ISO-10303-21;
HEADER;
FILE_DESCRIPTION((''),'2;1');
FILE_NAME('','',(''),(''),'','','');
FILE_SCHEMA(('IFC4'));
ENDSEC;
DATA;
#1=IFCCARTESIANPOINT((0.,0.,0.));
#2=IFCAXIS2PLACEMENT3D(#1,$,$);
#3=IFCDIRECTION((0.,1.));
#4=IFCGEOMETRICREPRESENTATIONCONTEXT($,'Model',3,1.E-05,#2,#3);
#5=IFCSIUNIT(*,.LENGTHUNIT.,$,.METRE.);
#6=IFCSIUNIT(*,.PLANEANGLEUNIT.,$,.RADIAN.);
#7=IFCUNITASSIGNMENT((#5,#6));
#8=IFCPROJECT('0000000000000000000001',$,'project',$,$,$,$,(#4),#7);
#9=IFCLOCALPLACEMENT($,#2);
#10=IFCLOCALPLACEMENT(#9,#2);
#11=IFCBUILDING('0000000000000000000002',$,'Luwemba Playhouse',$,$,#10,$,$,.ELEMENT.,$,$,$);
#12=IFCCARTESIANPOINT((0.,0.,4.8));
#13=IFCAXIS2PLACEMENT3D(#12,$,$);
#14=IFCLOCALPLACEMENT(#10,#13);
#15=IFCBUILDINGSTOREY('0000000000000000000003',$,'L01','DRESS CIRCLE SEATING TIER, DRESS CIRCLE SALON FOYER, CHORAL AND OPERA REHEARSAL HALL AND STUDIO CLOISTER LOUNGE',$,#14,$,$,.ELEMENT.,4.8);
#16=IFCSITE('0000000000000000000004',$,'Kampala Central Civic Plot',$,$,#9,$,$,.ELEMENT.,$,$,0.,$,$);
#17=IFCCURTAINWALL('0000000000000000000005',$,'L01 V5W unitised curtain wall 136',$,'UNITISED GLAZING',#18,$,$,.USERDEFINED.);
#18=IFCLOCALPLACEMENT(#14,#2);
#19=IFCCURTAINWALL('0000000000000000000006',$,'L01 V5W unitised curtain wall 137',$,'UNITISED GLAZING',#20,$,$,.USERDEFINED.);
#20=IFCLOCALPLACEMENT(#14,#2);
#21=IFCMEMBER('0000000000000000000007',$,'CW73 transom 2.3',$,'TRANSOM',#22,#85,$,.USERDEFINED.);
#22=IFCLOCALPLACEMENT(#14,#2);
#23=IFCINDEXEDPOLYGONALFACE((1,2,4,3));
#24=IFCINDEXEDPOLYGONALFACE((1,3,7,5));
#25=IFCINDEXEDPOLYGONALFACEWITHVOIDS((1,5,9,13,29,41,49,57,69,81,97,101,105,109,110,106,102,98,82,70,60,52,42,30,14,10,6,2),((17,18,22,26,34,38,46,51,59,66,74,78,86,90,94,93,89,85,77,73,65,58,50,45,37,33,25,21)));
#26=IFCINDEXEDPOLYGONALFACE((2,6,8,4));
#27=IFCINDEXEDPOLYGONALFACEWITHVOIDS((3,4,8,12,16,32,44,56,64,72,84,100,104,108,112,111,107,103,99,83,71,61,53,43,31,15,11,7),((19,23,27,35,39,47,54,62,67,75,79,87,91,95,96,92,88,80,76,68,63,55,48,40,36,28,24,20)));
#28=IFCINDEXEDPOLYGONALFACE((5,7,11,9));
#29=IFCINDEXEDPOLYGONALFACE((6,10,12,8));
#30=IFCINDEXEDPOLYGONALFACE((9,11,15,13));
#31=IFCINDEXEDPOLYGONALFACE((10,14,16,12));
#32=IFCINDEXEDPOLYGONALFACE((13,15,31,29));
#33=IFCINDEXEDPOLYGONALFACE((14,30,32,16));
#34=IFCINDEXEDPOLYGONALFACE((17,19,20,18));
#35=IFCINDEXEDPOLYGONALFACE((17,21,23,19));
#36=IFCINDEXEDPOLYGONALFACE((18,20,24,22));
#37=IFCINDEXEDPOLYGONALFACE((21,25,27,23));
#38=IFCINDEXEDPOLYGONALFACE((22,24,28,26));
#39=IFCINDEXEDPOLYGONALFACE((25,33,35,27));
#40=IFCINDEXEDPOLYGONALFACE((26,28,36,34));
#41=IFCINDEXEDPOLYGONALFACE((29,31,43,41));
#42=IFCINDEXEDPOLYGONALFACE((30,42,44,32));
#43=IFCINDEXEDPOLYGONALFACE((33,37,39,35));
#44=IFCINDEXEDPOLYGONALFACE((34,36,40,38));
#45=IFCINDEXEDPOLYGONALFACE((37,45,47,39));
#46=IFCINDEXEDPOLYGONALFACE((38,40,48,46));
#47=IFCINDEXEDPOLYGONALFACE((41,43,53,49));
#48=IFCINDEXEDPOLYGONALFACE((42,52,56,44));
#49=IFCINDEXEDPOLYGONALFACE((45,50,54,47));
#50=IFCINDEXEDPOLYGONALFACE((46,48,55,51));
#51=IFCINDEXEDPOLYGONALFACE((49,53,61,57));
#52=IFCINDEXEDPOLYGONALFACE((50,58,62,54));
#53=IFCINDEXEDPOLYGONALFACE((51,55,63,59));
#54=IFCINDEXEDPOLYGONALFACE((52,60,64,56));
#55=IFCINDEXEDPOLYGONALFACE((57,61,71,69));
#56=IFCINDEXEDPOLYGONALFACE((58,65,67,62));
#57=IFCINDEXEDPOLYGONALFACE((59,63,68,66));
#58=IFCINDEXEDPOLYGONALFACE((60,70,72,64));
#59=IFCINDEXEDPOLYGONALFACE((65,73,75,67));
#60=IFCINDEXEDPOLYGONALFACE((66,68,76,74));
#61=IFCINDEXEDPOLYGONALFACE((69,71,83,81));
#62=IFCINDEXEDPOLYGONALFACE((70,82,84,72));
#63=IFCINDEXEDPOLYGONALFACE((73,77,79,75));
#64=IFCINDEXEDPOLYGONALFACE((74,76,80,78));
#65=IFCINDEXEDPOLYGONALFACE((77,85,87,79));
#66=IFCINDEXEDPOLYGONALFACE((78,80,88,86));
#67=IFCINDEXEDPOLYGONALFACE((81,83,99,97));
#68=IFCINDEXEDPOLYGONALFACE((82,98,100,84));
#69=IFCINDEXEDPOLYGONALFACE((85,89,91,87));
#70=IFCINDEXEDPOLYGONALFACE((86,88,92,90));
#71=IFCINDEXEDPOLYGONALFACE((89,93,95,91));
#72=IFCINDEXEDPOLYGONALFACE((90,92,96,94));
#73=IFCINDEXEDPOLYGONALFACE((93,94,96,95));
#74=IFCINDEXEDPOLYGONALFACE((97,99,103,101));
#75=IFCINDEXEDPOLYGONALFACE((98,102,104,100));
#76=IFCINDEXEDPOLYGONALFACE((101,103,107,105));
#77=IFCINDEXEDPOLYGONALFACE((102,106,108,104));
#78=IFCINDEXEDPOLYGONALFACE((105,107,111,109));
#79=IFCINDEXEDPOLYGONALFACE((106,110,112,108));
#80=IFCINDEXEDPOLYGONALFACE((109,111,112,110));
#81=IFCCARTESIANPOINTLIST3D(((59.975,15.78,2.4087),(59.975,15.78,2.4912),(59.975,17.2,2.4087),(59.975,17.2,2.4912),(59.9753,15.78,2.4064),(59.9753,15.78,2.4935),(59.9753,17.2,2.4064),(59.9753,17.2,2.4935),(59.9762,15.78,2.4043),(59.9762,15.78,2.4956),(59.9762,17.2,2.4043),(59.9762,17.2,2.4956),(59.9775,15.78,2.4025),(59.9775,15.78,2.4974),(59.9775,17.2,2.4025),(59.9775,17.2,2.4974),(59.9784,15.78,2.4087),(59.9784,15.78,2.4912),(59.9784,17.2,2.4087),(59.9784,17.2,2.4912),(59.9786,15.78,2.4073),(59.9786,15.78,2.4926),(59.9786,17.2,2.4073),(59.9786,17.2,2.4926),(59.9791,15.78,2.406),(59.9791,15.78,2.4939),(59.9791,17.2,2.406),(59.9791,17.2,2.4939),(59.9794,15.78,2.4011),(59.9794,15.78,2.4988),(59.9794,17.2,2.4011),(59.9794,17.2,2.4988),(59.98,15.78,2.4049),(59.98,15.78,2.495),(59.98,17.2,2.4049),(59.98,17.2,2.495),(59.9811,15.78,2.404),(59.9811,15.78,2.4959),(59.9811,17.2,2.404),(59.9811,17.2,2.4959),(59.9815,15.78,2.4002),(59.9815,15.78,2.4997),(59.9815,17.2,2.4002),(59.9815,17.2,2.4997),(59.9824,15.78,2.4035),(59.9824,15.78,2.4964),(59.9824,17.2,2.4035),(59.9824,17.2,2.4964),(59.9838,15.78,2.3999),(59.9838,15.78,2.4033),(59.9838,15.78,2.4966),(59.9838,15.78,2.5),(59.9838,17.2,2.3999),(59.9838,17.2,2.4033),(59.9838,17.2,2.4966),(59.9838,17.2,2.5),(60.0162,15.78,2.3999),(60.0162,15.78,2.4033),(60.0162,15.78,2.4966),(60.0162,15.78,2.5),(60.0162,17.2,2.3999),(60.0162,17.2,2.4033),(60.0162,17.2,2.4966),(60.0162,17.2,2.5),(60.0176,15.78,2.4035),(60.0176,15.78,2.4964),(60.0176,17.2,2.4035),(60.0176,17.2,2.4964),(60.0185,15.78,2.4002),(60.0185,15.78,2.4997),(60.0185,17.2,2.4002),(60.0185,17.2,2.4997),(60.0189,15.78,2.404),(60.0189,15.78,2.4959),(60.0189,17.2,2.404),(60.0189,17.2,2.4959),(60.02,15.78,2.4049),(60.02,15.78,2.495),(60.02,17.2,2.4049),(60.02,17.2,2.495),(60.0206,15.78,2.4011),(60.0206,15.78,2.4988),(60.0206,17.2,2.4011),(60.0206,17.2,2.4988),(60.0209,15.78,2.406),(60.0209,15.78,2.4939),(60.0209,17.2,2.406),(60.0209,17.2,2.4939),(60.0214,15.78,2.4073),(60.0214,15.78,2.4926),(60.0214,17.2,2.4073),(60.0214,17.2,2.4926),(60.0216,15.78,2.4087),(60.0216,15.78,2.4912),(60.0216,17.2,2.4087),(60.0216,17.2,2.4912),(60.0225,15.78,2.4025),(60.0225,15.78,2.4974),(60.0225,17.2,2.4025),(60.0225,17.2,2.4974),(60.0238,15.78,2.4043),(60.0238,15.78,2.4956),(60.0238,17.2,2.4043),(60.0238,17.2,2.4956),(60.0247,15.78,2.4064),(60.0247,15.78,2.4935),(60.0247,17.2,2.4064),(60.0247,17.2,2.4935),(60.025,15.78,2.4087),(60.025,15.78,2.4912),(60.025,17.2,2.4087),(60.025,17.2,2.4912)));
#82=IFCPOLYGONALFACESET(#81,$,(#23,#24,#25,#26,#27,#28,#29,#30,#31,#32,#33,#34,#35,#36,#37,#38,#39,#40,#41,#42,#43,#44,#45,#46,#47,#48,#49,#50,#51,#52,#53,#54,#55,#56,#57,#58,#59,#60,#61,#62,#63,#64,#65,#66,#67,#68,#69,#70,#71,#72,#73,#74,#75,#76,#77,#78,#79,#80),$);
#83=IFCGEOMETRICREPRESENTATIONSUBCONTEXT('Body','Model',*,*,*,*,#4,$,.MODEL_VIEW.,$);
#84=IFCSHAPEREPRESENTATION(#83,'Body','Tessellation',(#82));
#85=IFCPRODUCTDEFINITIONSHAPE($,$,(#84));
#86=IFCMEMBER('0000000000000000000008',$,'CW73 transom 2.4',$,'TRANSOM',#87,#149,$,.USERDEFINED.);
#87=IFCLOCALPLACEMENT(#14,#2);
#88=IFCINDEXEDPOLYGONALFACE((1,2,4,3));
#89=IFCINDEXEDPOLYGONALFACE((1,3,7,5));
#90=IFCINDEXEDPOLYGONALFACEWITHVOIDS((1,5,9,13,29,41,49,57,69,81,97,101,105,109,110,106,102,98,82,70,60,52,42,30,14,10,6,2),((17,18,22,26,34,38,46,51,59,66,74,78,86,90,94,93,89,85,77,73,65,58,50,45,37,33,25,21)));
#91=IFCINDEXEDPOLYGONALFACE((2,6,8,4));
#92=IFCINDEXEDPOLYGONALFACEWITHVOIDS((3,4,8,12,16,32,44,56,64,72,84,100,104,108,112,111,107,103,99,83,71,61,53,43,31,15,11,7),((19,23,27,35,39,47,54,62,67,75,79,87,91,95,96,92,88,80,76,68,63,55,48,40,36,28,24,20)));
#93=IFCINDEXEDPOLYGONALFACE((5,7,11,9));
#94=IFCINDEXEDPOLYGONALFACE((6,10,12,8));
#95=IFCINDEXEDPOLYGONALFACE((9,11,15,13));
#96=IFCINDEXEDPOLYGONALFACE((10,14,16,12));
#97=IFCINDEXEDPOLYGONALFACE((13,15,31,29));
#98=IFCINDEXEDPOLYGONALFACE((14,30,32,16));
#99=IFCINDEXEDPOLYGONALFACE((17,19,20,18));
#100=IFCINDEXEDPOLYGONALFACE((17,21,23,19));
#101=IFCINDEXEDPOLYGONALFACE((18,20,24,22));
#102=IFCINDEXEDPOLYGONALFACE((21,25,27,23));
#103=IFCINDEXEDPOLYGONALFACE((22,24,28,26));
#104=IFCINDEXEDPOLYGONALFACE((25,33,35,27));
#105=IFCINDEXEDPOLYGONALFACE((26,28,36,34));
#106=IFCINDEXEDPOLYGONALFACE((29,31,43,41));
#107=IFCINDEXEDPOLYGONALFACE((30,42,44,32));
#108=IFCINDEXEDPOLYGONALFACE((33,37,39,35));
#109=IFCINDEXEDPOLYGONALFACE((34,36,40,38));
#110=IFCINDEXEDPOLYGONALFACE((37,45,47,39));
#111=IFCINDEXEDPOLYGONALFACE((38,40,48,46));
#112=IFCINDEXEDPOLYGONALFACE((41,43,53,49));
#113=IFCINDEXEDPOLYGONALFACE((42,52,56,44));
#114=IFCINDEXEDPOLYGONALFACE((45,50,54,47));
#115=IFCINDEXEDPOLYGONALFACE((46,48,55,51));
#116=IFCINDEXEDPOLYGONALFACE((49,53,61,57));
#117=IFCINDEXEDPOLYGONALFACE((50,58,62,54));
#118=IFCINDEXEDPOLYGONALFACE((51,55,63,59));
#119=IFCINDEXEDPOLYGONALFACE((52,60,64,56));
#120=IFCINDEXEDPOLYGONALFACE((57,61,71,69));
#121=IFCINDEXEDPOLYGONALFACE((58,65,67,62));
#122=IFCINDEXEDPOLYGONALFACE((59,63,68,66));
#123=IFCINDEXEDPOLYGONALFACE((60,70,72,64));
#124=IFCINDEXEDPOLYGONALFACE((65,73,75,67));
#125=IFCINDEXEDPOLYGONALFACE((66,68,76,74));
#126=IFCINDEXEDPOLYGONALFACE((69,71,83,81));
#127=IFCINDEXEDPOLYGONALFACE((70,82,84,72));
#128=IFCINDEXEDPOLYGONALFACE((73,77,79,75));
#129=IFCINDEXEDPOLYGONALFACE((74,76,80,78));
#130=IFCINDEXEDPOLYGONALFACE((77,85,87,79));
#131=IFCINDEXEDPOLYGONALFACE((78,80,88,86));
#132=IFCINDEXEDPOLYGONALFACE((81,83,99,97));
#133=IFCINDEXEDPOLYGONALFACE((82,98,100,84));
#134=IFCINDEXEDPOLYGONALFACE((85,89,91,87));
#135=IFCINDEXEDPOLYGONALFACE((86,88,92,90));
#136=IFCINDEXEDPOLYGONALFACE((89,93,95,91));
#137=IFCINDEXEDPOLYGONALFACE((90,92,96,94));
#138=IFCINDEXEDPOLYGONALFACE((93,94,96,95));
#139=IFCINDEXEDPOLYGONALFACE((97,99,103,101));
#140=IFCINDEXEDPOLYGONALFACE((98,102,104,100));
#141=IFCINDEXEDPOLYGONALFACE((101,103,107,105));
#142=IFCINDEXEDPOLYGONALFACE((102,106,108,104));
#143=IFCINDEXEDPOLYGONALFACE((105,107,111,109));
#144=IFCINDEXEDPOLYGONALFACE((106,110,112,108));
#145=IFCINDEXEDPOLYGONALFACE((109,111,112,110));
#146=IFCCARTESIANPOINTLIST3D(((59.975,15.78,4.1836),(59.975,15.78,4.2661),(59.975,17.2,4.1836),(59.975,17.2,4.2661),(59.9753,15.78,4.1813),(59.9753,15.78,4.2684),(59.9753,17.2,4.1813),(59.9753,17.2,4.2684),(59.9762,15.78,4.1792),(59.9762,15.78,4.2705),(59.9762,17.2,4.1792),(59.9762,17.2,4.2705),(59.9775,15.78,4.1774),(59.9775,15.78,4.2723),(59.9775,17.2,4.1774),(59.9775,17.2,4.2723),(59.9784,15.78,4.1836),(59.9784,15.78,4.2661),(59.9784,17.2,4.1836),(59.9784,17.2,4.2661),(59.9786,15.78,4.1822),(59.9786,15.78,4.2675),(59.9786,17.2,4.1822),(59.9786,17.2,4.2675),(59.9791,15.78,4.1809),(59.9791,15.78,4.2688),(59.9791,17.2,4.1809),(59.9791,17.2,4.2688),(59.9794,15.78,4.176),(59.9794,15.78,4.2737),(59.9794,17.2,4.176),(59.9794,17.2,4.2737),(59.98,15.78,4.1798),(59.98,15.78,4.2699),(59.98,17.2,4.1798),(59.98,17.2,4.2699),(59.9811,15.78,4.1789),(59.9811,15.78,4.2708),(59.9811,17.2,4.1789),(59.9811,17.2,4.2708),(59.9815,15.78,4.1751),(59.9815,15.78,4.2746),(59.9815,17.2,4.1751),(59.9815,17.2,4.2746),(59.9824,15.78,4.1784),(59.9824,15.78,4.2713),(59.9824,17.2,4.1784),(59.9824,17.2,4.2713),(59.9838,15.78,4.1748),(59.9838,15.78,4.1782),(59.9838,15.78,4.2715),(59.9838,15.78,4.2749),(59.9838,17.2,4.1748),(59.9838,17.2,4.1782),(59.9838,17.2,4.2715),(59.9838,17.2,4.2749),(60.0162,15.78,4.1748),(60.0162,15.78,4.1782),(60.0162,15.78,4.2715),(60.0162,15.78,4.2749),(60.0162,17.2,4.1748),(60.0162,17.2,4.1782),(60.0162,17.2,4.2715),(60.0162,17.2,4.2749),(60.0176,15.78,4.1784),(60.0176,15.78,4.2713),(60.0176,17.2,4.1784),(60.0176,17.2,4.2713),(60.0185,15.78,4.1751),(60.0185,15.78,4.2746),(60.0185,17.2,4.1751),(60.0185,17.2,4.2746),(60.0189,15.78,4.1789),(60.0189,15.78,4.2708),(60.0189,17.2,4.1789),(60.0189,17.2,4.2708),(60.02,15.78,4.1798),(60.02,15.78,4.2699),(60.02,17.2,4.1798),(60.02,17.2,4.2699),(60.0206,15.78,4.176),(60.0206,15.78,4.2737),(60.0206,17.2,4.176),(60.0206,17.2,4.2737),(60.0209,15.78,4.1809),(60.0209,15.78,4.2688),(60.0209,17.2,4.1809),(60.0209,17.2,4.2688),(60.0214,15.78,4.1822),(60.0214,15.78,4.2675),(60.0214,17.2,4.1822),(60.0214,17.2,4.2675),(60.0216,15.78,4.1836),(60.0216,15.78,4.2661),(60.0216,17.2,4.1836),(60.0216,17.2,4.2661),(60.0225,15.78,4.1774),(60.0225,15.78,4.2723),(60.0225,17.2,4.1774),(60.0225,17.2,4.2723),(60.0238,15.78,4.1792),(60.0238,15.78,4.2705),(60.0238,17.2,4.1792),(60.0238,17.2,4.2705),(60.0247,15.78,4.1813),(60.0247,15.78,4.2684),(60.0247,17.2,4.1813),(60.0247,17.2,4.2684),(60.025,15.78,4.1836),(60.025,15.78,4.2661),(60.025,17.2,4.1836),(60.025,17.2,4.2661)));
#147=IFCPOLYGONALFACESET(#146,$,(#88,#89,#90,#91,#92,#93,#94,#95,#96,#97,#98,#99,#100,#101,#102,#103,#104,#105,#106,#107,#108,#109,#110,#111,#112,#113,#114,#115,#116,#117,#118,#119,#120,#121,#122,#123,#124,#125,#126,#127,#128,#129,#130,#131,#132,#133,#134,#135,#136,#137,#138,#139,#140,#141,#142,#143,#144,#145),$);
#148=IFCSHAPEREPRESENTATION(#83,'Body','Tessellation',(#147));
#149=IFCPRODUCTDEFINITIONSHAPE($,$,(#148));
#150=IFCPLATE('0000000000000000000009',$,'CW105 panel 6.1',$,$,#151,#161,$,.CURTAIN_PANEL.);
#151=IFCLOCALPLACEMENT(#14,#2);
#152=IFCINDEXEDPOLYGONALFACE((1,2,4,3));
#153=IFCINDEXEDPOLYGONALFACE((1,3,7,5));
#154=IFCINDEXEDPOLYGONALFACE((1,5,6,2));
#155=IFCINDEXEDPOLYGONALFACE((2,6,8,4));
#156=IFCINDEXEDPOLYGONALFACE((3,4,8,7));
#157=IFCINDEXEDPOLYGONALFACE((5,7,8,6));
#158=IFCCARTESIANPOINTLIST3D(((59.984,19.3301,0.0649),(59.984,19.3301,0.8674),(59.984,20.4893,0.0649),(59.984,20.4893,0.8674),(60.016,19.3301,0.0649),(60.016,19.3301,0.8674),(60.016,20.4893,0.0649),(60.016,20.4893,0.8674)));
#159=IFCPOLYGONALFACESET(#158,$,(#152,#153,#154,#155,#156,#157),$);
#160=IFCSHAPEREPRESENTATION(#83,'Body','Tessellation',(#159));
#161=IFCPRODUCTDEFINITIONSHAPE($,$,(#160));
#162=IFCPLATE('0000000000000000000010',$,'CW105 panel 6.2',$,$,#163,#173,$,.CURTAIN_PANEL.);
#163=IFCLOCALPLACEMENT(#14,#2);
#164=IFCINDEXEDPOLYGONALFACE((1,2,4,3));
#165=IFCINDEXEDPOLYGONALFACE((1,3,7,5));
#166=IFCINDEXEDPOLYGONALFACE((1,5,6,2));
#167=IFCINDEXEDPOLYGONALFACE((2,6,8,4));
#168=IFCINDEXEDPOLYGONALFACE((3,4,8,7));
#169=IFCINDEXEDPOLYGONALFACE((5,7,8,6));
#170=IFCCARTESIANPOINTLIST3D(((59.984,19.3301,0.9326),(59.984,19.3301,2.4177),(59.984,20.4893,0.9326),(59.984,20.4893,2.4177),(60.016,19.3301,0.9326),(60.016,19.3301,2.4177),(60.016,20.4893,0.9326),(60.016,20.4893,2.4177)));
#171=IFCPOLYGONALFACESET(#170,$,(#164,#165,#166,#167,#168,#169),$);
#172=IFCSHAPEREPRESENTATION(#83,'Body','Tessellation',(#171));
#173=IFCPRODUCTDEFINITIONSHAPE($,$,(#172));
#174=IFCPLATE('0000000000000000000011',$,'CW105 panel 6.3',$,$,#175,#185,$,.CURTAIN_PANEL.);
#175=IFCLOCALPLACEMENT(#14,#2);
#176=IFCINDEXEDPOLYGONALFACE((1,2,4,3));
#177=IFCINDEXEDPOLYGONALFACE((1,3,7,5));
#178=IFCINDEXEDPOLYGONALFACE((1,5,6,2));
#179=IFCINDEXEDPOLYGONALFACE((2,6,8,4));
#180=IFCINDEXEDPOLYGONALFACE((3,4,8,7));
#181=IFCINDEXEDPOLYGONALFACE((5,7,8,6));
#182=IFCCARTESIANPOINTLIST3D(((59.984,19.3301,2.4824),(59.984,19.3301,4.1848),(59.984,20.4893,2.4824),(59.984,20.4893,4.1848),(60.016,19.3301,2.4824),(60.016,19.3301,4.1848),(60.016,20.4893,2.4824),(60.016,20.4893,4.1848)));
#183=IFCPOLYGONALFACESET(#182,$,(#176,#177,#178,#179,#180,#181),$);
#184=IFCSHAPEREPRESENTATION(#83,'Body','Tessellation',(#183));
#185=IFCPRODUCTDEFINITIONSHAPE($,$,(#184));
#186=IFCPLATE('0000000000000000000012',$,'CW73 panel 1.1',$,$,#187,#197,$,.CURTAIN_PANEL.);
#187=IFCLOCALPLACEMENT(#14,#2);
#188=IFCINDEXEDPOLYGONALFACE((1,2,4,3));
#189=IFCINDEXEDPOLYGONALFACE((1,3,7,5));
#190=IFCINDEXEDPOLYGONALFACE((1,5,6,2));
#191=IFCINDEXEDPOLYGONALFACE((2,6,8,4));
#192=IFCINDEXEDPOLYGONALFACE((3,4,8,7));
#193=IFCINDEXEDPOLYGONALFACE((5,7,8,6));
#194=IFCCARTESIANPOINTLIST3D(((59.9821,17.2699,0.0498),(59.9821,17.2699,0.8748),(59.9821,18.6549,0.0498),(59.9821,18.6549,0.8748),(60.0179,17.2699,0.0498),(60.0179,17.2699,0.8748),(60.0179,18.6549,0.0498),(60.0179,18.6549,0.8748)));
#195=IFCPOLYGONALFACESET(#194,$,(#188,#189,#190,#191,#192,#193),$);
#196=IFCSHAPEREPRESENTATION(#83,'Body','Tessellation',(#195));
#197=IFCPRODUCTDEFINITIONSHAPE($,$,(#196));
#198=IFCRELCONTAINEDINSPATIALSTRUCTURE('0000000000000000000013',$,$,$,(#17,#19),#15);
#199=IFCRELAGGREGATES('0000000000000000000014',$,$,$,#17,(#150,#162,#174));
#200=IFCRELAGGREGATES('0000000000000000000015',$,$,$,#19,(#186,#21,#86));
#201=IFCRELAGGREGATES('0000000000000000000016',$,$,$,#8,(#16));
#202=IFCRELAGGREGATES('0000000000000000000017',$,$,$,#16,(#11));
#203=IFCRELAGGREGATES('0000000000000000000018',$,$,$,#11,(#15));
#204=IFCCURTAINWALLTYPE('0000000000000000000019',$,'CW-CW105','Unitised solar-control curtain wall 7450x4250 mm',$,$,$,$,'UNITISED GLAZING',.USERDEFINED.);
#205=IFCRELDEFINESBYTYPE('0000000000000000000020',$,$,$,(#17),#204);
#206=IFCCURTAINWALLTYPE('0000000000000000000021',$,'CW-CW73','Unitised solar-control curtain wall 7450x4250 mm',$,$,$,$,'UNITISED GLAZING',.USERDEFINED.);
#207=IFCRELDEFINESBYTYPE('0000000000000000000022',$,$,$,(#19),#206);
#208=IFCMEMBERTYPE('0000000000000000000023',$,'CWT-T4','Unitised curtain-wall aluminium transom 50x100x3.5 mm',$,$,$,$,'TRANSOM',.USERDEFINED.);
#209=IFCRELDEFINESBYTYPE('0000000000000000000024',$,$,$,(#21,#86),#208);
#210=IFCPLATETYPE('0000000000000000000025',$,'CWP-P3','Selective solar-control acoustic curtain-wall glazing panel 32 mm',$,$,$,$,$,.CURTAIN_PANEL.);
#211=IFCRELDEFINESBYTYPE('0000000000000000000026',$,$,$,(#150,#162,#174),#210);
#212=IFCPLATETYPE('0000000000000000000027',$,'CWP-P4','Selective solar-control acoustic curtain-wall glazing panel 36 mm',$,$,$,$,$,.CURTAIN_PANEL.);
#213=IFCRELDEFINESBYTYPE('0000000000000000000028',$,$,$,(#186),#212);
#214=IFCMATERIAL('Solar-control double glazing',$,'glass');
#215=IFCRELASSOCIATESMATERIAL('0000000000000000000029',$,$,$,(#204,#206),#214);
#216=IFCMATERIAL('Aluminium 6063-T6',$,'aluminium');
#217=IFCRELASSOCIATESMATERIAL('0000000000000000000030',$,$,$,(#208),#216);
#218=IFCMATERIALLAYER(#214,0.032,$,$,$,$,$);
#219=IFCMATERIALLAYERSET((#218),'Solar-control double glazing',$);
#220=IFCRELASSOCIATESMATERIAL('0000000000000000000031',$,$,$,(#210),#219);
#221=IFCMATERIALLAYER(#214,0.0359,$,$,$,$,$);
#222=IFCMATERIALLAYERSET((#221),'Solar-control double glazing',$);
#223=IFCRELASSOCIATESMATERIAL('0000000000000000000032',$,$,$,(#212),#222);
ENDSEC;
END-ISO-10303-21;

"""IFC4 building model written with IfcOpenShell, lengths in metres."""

from ifc_helpers import new_model, si_unit, direction, frame, origin, origin_2d, place, context, subcontext, project, spatial, rectangle, hollow_rectangle, extrude, material, layer, layer_set, material_profile, profile_set, type_object, element, aggregate, save


model = new_model("IFC4")

# Units and contexts
model_context = context("Model", 3, precision=1e-05, world=origin(), true_north=direction((0.0, 1.0)))
body_context = subcontext(model_context, "Body", "Model", "MODEL_VIEW")
ifc_project = project(units=[si_unit("LENGTHUNIT", "METRE"), si_unit("PLANEANGLEUNIT", "RADIAN")], contexts=[model_context])

# Site, building, storey
site_placement = place(None, origin())
site = spatial("IfcSite", under=ifc_project, at=site_placement, Name="Kampala Central Civic Plot", CompositionType="ELEMENT", RefElevation=0.0)
building_placement = place(site_placement, origin())
building = spatial("IfcBuilding", under=site, at=building_placement, Name="Luwemba Playhouse", CompositionType="ELEMENT")
storey_placement = place(building_placement, frame((0.0, 0.0, 4.8)))
storey = spatial("IfcBuildingStorey", under=building, at=storey_placement, Name="L01", Description="DRESS CIRCLE SEATING TIER, DRESS CIRCLE SALON FOYER, CHORAL AND OPERA REHEARSAL HALL AND STUDIO CLOISTER LOUNGE", CompositionType="ELEMENT", Elevation=4.8)

# Curtain walls
ifc_material_1 = material(Name="Solar-control double glazing", Category="glass")
curtain_wall_type_1 = type_object("IfcCurtainWallType", Name="CW-CW105", Description="Unitised solar-control curtain wall 7450x4250 mm", ElementType="UNITISED GLAZING", PredefinedType="USERDEFINED", material=ifc_material_1)
curtain_wall_1_placement = place(storey_placement, origin())
curtain_wall_1 = element("IfcCurtainWall", 1, at=curtain_wall_1_placement, inside=storey, type_object=curtain_wall_type_1, Name="L01 V5W unitised curtain wall 136", ObjectType="UNITISED GLAZING", PredefinedType="USERDEFINED")
ifc_material_2 = material(Name="Aluminium 6063-T6", Category="aluminium")
curtain_wall_type_2 = type_object("IfcCurtainWallType", Name="CW-CW73", Description="Unitised solar-control curtain wall 7450x4250 mm", ElementType="UNITISED GLAZING", PredefinedType="USERDEFINED", material=ifc_material_1)
curtain_wall_2_placement = place(storey_placement, origin())
curtain_wall_2 = element("IfcCurtainWall", 2, at=curtain_wall_2_placement, inside=storey, type_object=curtain_wall_type_2, Name="L01 V5W unitised curtain wall 137", ObjectType="UNITISED GLAZING", PredefinedType="USERDEFINED")

# Members
ifc_material_profile_1 = material_profile(ifc_material_2, hollow_rectangle(XDim=0.05, YDim=0.1001, WallThickness=0.0034, InnerFilletRadius=0.0054, OuterFilletRadius=0.0088, at=origin_2d()))
ifc_profile_set_1 = profile_set([ifc_material_profile_1], Name="Aluminium 6063-T6")
member_type_1 = type_object("IfcMemberType", Name="CWT-T4", Description="Unitised curtain-wall aluminium transom 50x100x3.5 mm", ElementType="TRANSOM", PredefinedType="USERDEFINED", material=ifc_profile_set_1)
member_1_placement = place(storey_placement, frame((60.0, 17.2, 2.45), z_axis=(0.0, -1.0, 0.0), x_axis=(1.0, 0.0, 0.0)))
member_1 = element("IfcMember", 3, at=member_1_placement, type_object=member_type_1, Name="CW73 transom 2.3", ObjectType="TRANSOM", PredefinedType="USERDEFINED", context=body_context, shape_type="SweptSolid", body=[
    extrude(hollow_rectangle(XDim=0.05, YDim=0.1001, WallThickness=0.0034, InnerFilletRadius=0.0054, OuterFilletRadius=0.0088, at=origin_2d()), origin(), (0.0, 0.0, 1.0), 1.4199),
])
member_2_placement = place(storey_placement, frame((60.0, 17.2, 4.2249), z_axis=(0.0, -1.0, 0.0), x_axis=(1.0, 0.0, 0.0)))
member_2 = element("IfcMember", 4, at=member_2_placement, type_object=member_type_1, Name="CW73 transom 2.4", ObjectType="TRANSOM", PredefinedType="USERDEFINED", context=body_context, shape_type="SweptSolid", body=[
    extrude(hollow_rectangle(XDim=0.05, YDim=0.1001, WallThickness=0.0034, InnerFilletRadius=0.0054, OuterFilletRadius=0.0088, at=origin_2d()), origin(), (0.0, 0.0, 1.0), 1.4199),
])

# Plates
ifc_layer_1 = layer(ifc_material_1, 0.032)
ifc_layer_set_1 = layer_set([ifc_layer_1], Name="Solar-control double glazing")
plate_type_1 = type_object("IfcPlateType", Name="CWP-P3", Description="Selective solar-control acoustic curtain-wall glazing panel 32 mm", PredefinedType="CURTAIN_PANEL", material=ifc_layer_set_1)
plate_1_placement = place(storey_placement, frame((60.0, 19.9097, 0.0649), z_axis=(0.0, 0.0, 1.0), x_axis=(0.0, -1.0, 0.0)))
plate_1 = element("IfcPlate", 5, at=plate_1_placement, type_object=plate_type_1, Name="CW105 panel 6.1", PredefinedType="CURTAIN_PANEL", context=body_context, shape_type="SweptSolid", body=[
    extrude(rectangle(XDim=1.1592, YDim=0.032, at=origin_2d()), origin(), (0.0, 0.0, 1.0), 0.8025),
])
plate_2_placement = place(storey_placement, frame((60.0, 19.9097, 0.9326), z_axis=(0.0, 0.0, 1.0), x_axis=(0.0, -1.0, 0.0)))
plate_2 = element("IfcPlate", 6, at=plate_2_placement, type_object=plate_type_1, Name="CW105 panel 6.2", PredefinedType="CURTAIN_PANEL", context=body_context, shape_type="SweptSolid", body=[
    extrude(rectangle(XDim=1.1592, YDim=0.032, at=origin_2d()), origin(), (0.0, 0.0, 1.0), 1.4851),
])
plate_3_placement = place(storey_placement, frame((60.0, 19.9097, 2.4824), z_axis=(0.0, 0.0, 1.0), x_axis=(0.0, -1.0, 0.0)))
plate_3 = element("IfcPlate", 7, at=plate_3_placement, type_object=plate_type_1, Name="CW105 panel 6.3", PredefinedType="CURTAIN_PANEL", context=body_context, shape_type="SweptSolid", body=[
    extrude(rectangle(XDim=1.1592, YDim=0.032, at=origin_2d()), origin(), (0.0, 0.0, 1.0), 1.7024),
])
aggregate(curtain_wall_1, [plate_1, plate_2, plate_3])
ifc_layer_2 = layer(ifc_material_1, 0.0359)
ifc_layer_set_2 = layer_set([ifc_layer_2], Name="Solar-control double glazing")
plate_type_2 = type_object("IfcPlateType", Name="CWP-P4", Description="Selective solar-control acoustic curtain-wall glazing panel 36 mm", PredefinedType="CURTAIN_PANEL", material=ifc_layer_set_2)
plate_4_placement = place(storey_placement, frame((60.0, 17.9624, 0.0498), z_axis=(0.0, 0.0, 1.0), x_axis=(0.0, -1.0, 0.0)))
plate_4 = element("IfcPlate", 8, at=plate_4_placement, type_object=plate_type_2, Name="CW73 panel 1.1", PredefinedType="CURTAIN_PANEL", context=body_context, shape_type="SweptSolid", body=[
    extrude(rectangle(XDim=1.385, YDim=0.0359, at=origin_2d()), origin(), (0.0, 0.0, 1.0), 0.825),
])
aggregate(curtain_wall_2, [plate_4, member_1, member_2])

save(model, "model.ifc")
